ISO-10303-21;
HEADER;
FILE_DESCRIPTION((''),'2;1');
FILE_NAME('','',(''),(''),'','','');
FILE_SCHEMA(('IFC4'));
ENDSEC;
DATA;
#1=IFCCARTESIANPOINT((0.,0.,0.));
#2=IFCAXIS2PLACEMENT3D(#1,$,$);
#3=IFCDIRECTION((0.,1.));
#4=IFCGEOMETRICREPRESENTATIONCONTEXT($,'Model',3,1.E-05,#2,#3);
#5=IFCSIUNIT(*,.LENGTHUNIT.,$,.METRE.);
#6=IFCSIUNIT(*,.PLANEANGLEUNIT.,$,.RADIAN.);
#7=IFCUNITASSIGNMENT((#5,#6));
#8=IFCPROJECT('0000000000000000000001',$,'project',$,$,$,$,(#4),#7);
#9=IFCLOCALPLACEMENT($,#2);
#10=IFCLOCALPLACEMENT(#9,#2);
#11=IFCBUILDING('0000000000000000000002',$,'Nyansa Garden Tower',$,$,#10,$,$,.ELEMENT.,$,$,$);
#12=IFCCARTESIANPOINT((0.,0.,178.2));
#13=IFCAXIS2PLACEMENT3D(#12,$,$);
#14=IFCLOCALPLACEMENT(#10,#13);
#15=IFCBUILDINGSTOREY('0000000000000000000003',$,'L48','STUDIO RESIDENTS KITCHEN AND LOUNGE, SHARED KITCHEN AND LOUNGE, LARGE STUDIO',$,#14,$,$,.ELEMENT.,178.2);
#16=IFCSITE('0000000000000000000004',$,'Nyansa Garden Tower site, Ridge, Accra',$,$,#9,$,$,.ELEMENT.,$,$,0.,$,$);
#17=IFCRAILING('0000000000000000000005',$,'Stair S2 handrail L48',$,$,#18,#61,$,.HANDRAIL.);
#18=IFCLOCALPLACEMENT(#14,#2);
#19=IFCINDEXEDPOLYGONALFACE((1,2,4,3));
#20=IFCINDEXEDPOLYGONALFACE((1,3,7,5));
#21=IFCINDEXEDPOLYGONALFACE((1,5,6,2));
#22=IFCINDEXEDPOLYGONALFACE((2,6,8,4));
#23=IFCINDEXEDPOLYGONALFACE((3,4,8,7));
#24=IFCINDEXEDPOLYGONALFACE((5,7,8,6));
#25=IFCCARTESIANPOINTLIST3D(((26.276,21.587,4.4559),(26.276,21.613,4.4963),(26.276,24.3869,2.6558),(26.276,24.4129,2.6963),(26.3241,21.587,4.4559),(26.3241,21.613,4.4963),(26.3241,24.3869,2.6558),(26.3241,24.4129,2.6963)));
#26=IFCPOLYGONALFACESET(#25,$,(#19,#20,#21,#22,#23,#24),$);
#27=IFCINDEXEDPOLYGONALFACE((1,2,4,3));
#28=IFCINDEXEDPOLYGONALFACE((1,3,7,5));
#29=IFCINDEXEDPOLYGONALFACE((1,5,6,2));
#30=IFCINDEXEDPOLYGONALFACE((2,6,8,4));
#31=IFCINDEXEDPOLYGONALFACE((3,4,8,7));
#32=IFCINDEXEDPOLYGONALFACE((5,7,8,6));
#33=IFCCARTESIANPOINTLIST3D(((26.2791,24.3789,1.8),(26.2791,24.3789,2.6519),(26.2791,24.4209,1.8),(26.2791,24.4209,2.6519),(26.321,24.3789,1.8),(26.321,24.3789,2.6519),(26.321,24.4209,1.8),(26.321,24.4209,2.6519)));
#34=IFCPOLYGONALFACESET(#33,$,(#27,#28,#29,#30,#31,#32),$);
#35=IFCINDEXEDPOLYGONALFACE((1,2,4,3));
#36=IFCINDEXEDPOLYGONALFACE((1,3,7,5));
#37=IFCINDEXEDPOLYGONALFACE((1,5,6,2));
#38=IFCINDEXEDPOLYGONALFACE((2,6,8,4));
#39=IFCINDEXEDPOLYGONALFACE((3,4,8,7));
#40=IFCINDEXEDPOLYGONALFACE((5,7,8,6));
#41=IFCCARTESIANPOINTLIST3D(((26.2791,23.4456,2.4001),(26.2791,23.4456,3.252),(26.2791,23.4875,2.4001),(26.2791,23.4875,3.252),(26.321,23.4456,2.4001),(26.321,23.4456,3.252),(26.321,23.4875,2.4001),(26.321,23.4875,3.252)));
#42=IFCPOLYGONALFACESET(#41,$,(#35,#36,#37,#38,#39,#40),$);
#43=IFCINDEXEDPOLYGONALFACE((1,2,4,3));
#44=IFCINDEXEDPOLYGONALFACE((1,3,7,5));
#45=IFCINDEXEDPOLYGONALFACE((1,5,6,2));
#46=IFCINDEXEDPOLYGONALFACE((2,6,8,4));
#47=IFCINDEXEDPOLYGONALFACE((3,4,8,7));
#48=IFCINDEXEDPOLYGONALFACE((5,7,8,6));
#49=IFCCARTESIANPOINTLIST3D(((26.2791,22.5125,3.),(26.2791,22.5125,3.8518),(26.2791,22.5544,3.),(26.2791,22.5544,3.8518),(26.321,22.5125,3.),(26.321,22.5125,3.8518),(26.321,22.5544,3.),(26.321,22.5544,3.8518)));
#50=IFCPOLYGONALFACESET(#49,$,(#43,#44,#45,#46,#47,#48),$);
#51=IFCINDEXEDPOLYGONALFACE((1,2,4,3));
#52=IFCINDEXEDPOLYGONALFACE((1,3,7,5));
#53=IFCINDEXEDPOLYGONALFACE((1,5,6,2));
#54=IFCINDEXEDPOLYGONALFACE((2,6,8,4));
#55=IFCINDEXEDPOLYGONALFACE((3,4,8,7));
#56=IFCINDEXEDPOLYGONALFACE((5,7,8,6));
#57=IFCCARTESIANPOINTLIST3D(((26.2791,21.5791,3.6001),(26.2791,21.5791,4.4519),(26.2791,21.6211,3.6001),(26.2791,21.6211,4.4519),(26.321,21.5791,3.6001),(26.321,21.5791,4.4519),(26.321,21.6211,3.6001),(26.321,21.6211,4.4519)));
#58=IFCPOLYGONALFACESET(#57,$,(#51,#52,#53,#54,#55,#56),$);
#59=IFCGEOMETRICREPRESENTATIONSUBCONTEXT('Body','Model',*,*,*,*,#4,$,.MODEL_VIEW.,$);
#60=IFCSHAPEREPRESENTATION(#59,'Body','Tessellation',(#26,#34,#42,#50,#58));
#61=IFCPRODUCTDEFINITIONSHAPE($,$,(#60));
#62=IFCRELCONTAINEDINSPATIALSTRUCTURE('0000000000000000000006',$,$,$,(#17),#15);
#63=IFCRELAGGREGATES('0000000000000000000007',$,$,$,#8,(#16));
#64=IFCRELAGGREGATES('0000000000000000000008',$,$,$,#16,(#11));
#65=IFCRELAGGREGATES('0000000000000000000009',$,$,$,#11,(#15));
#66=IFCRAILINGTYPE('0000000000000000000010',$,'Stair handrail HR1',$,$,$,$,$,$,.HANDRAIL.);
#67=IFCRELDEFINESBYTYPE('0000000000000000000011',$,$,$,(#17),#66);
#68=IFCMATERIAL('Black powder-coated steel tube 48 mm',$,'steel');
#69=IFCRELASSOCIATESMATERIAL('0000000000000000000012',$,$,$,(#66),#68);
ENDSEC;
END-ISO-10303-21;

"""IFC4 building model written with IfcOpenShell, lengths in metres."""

from ifc_helpers import new_model, si_unit, direction, frame, origin, origin_2d, place, context, subcontext, project, spatial, rectangle, extrude, material, type_object, element, save


model = new_model("IFC4")

# Units and contexts
model_context = context("Model", 3, precision=1e-05, world=origin(), true_north=direction((0.0, 1.0)))
body_context = subcontext(model_context, "Body", "Model", "MODEL_VIEW")
ifc_project = project(units=[si_unit("LENGTHUNIT", "METRE"), si_unit("PLANEANGLEUNIT", "RADIAN")], contexts=[model_context])

# Site, building, storey
site_placement = place(None, origin())
site = spatial("IfcSite", under=ifc_project, at=site_placement, Name="Nyansa Garden Tower site, Ridge, Accra", CompositionType="ELEMENT", RefElevation=0.0)
building_placement = place(site_placement, origin())
building = spatial("IfcBuilding", under=site, at=building_placement, Name="Nyansa Garden Tower", CompositionType="ELEMENT")
storey_placement = place(building_placement, frame((0.0, 0.0, 178.2)))
storey = spatial("IfcBuildingStorey", under=building, at=storey_placement, Name="L48", Description="STUDIO RESIDENTS KITCHEN AND LOUNGE, SHARED KITCHEN AND LOUNGE, LARGE STUDIO", CompositionType="ELEMENT", Elevation=178.2)

# Railing
ifc_material_1 = material(Name="Black powder-coated steel tube 48 mm", Category="steel")
railing_type = type_object("IfcRailingType", Name="Stair handrail HR1", PredefinedType="HANDRAIL", material=ifc_material_1)
railing_1_placement = place(storey_placement, frame((26.3, 24.3999, 1.8)))
element("IfcRailing", 1, at=railing_1_placement, inside=storey, type_object=railing_type, Name="Stair S2 handrail L48", PredefinedType="HANDRAIL", context=body_context, shape_type="SweptSolid", body=[
    extrude(rectangle(XDim=0.0481, YDim=0.0481, at=origin_2d()), frame((0.0, 0.0, 0.876), z_axis=(0.0, -0.841155, 0.540795), x_axis=(1.0, 0.0, 0.0)), (0.0, 0.0, 1.0), 3.3286),
    extrude(rectangle(XDim=0.042, YDim=0.042, at=origin_2d()), origin(), (0.0, 0.0, 1.0), 0.8518),
    extrude(rectangle(XDim=0.042, YDim=0.042, at=origin_2d()), frame((0.0, -0.9333, 0.6001)), (0.0, 0.0, 1.0), 0.8518),
    extrude(rectangle(XDim=0.042, YDim=0.042, at=origin_2d()), frame((0.0, -1.8665, 1.2)), (0.0, 0.0, 1.0), 0.8518),
    extrude(rectangle(XDim=0.042, YDim=0.042, at=origin_2d()), frame((0.0, -2.7998, 1.8)), (0.0, 0.0, 1.0), 0.8518),
])

save(model, "model.ifc")
